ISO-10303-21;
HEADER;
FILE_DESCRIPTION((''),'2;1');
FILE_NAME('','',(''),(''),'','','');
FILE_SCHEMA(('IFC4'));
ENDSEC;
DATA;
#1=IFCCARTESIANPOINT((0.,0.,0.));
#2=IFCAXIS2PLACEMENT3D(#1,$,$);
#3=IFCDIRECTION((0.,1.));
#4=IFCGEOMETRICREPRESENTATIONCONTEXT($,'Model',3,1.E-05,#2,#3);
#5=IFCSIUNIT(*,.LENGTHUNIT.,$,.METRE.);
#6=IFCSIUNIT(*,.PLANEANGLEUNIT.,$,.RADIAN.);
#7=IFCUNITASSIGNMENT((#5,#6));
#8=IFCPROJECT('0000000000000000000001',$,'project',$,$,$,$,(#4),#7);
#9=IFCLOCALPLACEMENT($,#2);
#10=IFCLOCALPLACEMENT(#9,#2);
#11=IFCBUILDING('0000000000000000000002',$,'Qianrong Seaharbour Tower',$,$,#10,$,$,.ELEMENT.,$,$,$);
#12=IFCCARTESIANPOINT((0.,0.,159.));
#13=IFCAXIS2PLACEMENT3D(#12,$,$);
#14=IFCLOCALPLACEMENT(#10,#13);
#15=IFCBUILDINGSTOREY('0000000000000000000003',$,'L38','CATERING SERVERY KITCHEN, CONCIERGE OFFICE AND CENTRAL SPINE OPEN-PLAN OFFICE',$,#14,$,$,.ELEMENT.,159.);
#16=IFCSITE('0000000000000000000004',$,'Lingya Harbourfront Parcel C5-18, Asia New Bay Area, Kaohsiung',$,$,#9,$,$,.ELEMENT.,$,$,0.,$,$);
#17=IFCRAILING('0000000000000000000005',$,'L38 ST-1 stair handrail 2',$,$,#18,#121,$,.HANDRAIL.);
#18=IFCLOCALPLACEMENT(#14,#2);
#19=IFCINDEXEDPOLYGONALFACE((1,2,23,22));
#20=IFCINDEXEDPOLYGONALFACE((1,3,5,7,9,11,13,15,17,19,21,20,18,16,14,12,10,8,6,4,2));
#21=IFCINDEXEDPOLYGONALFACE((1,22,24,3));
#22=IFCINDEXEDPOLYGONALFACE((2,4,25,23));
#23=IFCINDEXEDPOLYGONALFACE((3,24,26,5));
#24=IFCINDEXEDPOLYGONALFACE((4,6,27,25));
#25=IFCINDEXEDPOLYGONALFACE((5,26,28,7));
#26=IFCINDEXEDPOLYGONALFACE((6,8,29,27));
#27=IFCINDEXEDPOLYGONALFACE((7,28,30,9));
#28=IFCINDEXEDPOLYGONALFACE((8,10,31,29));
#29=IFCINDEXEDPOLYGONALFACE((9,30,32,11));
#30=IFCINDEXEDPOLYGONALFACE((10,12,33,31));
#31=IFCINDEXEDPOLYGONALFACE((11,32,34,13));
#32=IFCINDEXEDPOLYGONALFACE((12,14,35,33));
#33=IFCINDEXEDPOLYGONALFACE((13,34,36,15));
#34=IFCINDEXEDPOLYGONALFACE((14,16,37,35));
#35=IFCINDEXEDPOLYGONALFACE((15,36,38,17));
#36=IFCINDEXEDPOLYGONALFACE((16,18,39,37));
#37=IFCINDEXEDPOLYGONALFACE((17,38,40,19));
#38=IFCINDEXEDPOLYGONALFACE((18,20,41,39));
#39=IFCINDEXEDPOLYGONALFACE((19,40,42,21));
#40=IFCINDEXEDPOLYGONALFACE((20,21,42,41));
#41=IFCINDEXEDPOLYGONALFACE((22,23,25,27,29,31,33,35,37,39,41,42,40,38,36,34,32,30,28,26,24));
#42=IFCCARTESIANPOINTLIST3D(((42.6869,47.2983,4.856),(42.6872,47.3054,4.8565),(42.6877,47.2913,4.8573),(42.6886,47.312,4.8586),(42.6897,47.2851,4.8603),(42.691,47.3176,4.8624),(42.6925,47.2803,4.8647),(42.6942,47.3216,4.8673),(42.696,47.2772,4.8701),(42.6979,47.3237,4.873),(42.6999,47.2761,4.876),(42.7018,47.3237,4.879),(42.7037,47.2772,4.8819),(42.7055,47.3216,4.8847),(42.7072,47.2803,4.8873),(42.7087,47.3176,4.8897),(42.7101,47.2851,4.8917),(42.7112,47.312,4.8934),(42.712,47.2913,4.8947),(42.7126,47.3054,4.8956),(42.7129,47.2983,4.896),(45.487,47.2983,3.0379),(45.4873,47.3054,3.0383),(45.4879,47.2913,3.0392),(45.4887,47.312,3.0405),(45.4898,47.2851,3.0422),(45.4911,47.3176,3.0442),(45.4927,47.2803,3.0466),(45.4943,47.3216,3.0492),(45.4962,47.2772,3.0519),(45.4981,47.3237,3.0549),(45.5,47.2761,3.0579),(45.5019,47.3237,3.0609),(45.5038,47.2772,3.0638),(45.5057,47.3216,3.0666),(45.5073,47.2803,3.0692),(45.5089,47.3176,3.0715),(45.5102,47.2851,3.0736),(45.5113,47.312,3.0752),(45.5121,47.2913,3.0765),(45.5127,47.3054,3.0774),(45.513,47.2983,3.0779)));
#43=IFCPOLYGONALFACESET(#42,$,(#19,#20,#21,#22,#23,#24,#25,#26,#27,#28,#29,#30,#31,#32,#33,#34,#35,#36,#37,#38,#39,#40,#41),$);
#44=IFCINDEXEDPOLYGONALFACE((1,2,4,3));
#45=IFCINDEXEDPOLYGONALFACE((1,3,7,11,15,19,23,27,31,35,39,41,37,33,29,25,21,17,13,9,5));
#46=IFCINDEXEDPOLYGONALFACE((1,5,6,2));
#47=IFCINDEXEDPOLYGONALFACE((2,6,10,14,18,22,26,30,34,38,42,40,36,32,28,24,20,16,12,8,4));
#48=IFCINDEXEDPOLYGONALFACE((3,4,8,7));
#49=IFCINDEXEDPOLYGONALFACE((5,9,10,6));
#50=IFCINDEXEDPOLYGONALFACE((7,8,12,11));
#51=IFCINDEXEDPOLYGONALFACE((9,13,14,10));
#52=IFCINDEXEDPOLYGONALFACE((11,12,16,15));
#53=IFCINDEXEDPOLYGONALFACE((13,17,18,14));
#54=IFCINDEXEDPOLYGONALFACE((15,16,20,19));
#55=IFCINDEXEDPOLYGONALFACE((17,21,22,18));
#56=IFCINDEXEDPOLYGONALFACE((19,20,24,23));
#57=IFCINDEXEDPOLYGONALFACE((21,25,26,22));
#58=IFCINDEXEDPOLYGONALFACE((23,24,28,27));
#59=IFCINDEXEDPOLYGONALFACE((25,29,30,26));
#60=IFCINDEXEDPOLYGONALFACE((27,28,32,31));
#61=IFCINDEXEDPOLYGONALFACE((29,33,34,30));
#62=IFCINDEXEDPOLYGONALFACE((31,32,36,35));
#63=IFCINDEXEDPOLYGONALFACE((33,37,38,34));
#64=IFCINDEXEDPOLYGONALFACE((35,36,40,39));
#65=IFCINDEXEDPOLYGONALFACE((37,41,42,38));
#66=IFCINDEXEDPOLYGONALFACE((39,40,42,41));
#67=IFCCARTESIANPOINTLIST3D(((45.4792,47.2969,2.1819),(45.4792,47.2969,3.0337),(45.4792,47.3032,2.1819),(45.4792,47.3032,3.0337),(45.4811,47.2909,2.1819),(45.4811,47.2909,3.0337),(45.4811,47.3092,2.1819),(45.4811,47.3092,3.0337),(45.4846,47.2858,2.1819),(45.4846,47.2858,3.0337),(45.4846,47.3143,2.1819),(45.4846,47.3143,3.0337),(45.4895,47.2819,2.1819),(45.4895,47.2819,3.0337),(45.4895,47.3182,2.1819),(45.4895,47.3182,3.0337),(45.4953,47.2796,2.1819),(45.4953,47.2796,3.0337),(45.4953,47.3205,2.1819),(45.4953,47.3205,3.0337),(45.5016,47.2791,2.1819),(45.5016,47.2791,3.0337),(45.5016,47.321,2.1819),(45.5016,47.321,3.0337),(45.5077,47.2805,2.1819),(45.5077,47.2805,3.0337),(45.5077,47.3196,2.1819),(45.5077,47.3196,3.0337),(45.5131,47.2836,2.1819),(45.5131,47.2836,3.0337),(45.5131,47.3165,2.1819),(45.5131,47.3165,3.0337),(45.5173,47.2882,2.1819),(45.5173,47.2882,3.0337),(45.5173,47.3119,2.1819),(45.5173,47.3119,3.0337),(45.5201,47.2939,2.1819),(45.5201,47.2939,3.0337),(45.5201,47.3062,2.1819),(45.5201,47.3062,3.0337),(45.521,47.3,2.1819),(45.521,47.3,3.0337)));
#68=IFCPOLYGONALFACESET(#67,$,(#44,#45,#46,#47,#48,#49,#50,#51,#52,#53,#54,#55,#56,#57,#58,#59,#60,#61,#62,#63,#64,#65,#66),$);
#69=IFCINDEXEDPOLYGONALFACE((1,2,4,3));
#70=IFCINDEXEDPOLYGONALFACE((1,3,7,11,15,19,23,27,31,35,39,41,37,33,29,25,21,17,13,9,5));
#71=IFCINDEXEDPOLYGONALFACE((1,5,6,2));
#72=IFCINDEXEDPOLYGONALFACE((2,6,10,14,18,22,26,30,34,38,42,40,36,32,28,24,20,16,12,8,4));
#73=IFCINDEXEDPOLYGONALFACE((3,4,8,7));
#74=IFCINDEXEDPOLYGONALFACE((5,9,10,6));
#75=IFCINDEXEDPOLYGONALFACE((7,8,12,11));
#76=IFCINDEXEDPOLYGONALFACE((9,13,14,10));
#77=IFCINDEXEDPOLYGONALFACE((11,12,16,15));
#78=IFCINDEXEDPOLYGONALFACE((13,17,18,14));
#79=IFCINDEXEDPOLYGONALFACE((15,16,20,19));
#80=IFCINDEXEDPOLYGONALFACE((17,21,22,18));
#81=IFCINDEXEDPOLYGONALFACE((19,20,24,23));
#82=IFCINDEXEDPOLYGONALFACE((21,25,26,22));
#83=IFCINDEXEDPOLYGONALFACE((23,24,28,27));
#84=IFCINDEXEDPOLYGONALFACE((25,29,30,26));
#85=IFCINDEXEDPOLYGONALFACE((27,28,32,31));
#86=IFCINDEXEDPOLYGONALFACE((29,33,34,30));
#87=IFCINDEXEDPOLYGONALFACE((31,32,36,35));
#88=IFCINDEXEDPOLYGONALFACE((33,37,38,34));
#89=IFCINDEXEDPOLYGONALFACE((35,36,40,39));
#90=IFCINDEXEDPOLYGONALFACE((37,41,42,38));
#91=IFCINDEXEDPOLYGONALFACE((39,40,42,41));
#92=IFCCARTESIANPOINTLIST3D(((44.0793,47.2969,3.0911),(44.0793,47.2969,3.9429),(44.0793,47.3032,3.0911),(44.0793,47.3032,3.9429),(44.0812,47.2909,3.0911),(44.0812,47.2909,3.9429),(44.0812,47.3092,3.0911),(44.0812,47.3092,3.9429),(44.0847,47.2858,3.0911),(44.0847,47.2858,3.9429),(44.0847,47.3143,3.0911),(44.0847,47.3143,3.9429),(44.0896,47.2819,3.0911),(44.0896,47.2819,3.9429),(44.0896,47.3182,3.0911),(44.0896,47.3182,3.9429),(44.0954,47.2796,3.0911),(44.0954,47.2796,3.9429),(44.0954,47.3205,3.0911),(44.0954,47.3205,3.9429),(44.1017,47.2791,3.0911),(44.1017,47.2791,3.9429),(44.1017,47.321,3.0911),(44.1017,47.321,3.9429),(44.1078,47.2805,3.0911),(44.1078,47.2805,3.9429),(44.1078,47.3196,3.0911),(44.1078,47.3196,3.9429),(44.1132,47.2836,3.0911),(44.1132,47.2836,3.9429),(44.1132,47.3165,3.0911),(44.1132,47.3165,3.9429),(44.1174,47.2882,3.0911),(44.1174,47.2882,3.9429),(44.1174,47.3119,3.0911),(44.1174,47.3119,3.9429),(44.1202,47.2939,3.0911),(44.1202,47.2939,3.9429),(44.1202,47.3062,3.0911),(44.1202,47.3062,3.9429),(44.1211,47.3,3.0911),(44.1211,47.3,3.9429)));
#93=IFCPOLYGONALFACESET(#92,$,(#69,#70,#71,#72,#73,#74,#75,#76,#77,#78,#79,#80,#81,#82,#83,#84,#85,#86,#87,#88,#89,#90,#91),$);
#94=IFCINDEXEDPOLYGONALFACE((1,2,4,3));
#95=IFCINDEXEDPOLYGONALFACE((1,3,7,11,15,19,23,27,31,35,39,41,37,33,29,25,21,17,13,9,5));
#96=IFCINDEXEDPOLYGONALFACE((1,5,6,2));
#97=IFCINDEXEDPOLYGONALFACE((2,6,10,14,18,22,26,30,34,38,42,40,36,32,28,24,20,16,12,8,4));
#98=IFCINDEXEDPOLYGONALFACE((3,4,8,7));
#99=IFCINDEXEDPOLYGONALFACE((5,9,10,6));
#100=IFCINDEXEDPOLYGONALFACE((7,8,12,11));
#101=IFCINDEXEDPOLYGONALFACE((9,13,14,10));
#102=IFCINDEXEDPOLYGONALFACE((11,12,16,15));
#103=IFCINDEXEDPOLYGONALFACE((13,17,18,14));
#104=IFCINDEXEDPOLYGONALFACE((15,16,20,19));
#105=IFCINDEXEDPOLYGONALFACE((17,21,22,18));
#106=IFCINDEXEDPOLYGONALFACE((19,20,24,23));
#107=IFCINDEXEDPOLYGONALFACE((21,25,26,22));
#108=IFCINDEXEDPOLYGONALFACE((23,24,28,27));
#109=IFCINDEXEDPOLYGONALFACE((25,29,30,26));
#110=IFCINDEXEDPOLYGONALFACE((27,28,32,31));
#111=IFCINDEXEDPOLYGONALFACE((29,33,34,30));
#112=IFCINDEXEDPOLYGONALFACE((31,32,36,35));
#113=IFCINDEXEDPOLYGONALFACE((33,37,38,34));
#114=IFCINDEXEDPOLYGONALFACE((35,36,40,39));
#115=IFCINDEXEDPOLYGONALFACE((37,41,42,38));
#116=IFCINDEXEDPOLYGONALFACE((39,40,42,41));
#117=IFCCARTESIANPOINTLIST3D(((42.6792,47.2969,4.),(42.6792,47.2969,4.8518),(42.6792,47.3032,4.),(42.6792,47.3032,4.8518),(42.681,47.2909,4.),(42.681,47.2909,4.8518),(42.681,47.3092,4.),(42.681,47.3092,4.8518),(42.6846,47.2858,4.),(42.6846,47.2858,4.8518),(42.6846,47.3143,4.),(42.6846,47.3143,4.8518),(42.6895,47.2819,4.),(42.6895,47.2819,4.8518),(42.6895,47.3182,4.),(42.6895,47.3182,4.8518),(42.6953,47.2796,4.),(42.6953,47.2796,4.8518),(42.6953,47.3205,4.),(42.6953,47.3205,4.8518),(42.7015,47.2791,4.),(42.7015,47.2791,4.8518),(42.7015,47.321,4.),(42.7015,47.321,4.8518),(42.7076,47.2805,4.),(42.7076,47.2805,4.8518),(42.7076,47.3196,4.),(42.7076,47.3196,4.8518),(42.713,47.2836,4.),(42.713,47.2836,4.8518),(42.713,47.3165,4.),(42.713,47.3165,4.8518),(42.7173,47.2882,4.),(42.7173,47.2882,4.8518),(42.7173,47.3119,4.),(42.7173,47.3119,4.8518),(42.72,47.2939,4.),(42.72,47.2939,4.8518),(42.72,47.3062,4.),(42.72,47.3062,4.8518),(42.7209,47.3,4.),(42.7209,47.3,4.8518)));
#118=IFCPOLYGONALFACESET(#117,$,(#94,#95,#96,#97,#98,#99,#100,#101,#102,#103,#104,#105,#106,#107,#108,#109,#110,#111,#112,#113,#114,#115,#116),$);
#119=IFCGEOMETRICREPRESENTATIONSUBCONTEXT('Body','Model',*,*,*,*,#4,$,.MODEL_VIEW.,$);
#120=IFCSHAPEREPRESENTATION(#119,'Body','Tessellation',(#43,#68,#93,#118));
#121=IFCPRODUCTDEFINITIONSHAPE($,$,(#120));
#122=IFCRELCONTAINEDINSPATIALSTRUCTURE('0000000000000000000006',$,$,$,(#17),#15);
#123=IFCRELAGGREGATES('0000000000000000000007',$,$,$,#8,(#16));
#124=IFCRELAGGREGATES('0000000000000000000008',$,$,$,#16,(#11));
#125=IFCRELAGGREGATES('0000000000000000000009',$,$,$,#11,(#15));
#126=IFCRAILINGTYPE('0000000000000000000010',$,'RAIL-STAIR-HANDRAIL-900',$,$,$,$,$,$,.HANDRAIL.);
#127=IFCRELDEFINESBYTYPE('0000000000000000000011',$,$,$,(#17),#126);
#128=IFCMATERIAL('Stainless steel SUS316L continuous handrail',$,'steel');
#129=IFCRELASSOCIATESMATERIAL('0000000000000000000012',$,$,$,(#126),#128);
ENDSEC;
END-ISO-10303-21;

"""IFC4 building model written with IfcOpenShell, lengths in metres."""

from ifc_helpers import new_model, si_unit, direction, frame, origin, origin_2d, place, context, subcontext, project, spatial, circle, extrude, material, type_object, element, save


model = new_model("IFC4")

# Units and contexts
model_context = context("Model", 3, precision=1e-05, world=origin(), true_north=direction((0.0, 1.0)))
body_context = subcontext(model_context, "Body", "Model", "MODEL_VIEW")
ifc_project = project(units=[si_unit("LENGTHUNIT", "METRE"), si_unit("PLANEANGLEUNIT", "RADIAN")], contexts=[model_context])

# Site, building, storey
site_placement = place(None, origin())
site = spatial("IfcSite", under=ifc_project, at=site_placement, Name="Lingya Harbourfront Parcel C5-18, Asia New Bay Area, Kaohsiung", CompositionType="ELEMENT", RefElevation=0.0)
building_placement = place(site_placement, origin())
building = spatial("IfcBuilding", under=site, at=building_placement, Name="Qianrong Seaharbour Tower", CompositionType="ELEMENT")
storey_placement = place(building_placement, frame((0.0, 0.0, 159.0)))
storey = spatial("IfcBuildingStorey", under=building, at=storey_placement, Name="L38", Description="CATERING SERVERY KITCHEN, CONCIERGE OFFICE AND CENTRAL SPINE OPEN-PLAN OFFICE", CompositionType="ELEMENT", Elevation=159.0)

# Railing
ifc_material_1 = material(Name="Stainless steel SUS316L continuous handrail", Category="steel")
railing_type_1 = type_object("IfcRailingType", Name="RAIL-STAIR-HANDRAIL-900", PredefinedType="HANDRAIL", material=ifc_material_1)
railing_1_placement = place(storey_placement, frame((45.5, 47.3, 2.1819)))
element("IfcRailing", 1, at=railing_1_placement, inside=storey, type_object=railing_type_1, Name="L38 ST-1 stair handrail 2", PredefinedType="HANDRAIL", context=body_context, shape_type="SweptSolid", body=[
    extrude(circle(Radius=0.0239, at=origin_2d()), frame((0.0, 0.0, 0.876), z_axis=(-0.838706, 0.0, 0.544585), x_axis=(0.0, -1.0, 0.0)), (0.0, 0.0, 1.0), 3.3386),
    extrude(circle(Radius=0.021, at=origin_2d()), origin(), (0.0, 0.0, 1.0), 0.8518),
    extrude(circle(Radius=0.021, at=origin_2d()), frame((-1.3999, 0.0, 0.9092)), (0.0, 0.0, 1.0), 0.8518),
    extrude(circle(Radius=0.021, at=origin_2d()), frame((-2.8, 0.0, 1.8181)), (0.0, 0.0, 1.0), 0.8518),
])

save(model, "model.ifc")
